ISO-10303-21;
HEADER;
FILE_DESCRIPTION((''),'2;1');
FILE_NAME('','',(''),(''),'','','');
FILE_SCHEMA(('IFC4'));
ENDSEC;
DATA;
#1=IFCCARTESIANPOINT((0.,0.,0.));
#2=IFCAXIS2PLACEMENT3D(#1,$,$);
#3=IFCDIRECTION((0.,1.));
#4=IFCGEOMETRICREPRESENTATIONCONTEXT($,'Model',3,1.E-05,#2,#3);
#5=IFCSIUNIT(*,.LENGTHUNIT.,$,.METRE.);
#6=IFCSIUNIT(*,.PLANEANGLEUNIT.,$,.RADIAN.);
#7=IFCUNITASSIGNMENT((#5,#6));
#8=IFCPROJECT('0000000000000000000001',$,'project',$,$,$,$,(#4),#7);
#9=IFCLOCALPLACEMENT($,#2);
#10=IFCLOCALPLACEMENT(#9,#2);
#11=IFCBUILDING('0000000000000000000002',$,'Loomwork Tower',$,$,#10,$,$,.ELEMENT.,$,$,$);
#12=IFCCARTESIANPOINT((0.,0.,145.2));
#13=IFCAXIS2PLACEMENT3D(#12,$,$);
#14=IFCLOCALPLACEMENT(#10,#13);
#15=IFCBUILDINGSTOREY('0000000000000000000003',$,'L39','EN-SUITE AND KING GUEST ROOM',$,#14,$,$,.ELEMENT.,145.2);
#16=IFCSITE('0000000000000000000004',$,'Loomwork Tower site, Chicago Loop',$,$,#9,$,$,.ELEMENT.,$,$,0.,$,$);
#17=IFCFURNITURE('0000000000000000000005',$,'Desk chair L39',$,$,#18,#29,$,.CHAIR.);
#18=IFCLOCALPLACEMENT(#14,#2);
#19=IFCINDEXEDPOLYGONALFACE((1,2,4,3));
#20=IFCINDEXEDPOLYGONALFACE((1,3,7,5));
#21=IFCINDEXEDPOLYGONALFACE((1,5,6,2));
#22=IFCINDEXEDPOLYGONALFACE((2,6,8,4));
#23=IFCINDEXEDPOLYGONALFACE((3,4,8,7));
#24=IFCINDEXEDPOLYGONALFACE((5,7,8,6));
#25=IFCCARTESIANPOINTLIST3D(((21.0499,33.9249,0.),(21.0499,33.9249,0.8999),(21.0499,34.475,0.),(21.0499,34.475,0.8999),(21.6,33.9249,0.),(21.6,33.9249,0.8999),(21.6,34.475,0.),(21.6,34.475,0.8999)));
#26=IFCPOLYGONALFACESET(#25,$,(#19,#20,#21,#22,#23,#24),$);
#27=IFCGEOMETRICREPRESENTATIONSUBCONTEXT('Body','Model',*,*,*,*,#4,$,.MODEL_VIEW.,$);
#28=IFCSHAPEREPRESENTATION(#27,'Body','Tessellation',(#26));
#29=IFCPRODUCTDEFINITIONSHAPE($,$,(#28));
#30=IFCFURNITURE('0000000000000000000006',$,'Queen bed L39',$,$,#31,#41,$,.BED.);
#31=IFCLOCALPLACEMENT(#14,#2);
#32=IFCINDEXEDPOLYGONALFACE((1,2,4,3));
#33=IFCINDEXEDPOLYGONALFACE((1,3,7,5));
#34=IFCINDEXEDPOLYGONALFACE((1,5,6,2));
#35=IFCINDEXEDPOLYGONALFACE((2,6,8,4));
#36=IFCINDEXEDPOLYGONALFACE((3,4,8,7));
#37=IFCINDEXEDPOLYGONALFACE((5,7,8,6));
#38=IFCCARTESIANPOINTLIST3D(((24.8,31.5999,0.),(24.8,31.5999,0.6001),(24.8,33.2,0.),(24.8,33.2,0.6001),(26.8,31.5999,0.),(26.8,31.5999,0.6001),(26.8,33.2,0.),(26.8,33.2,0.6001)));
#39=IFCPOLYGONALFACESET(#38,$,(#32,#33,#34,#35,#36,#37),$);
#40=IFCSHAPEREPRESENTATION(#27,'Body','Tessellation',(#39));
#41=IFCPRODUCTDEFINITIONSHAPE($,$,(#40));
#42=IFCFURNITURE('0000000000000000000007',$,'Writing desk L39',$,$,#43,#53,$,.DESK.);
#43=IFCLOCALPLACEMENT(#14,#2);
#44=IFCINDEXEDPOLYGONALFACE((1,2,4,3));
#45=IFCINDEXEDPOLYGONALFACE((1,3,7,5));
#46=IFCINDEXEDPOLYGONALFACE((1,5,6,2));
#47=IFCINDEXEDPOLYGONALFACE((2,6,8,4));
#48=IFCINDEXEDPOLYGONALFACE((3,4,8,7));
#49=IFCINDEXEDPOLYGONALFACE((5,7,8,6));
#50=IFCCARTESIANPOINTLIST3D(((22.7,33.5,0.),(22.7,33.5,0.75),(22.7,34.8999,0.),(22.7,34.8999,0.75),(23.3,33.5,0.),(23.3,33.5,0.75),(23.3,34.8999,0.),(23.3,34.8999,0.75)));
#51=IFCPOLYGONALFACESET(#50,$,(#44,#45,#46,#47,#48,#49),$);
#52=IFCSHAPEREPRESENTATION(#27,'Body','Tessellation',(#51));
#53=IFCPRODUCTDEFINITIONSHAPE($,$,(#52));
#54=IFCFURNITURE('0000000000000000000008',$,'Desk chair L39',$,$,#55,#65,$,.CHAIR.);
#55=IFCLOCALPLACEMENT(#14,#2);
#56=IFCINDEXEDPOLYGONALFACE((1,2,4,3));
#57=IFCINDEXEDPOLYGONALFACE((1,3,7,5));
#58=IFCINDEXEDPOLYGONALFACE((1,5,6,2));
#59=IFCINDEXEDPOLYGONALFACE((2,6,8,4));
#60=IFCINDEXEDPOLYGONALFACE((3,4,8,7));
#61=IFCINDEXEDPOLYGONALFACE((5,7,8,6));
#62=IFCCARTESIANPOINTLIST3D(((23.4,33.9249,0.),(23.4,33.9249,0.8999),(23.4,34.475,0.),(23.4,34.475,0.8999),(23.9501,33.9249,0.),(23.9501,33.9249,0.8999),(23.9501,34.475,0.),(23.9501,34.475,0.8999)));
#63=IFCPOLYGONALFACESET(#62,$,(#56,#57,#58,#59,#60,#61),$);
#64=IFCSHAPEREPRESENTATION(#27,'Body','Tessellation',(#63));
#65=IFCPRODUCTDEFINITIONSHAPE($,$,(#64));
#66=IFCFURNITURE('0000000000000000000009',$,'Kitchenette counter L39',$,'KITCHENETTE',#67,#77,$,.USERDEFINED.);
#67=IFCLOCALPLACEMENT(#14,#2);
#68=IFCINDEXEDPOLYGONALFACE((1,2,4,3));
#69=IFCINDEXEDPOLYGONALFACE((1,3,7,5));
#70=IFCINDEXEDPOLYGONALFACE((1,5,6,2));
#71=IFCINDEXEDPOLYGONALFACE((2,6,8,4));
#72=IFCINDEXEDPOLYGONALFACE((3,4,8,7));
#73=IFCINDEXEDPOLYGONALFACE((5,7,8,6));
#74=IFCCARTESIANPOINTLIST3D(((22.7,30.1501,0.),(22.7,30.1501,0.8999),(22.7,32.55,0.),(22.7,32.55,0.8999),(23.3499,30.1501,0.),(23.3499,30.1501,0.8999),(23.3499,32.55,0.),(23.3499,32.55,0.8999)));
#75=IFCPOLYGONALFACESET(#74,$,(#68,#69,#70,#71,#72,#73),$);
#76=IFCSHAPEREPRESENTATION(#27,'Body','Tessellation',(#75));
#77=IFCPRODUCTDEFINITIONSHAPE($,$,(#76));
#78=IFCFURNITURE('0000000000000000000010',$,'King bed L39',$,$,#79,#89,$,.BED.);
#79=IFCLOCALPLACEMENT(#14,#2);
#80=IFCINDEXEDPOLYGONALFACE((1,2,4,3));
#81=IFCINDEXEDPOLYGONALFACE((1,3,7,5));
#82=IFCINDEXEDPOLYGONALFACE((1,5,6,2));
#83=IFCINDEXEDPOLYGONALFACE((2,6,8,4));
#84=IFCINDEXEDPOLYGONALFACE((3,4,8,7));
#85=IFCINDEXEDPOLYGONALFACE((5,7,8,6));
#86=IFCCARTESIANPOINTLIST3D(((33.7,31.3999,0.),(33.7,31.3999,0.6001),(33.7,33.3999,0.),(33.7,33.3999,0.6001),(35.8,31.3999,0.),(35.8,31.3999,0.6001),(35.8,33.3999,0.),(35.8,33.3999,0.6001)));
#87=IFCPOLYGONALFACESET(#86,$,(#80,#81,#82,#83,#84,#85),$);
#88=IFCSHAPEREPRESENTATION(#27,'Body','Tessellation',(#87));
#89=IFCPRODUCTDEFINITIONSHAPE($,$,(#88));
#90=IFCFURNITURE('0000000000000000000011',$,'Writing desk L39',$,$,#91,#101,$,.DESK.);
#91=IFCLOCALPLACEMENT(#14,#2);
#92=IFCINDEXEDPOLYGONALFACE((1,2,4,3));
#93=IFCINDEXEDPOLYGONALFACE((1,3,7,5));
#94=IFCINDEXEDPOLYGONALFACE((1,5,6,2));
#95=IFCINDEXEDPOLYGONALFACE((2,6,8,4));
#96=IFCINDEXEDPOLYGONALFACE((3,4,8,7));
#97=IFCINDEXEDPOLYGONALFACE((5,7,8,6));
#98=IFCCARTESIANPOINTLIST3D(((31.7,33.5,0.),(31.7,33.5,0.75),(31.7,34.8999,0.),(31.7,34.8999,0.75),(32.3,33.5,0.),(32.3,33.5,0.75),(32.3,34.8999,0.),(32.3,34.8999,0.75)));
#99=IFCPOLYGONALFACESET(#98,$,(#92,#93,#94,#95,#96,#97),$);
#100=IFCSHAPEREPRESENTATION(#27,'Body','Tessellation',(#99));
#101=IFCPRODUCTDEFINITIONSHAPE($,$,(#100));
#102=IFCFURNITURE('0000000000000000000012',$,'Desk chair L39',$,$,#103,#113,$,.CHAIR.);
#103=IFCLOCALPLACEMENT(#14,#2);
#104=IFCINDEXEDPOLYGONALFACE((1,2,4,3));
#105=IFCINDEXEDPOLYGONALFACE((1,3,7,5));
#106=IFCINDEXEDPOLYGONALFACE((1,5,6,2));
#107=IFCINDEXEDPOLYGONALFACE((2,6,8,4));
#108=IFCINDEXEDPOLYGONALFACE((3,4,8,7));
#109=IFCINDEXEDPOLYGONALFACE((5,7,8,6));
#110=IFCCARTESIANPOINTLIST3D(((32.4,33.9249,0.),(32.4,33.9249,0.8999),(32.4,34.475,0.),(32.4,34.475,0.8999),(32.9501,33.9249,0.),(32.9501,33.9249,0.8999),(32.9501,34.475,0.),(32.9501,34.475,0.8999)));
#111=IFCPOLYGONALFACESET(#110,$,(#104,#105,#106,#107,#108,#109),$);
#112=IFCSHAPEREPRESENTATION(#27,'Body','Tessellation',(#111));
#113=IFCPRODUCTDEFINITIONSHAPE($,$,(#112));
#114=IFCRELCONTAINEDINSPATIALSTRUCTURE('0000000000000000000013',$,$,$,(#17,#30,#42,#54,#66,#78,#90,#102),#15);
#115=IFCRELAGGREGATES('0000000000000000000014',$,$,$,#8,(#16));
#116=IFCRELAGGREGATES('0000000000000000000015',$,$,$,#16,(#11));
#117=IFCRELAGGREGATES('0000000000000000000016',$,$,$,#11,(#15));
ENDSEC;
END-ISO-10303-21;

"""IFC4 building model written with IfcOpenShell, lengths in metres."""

from ifc_helpers import new_model, si_unit, direction, frame, origin, origin_2d, place, context, subcontext, project, spatial, rectangle, extrude, element, save


model = new_model("IFC4")

# Units and contexts
model_context = context("Model", 3, precision=1e-05, world=origin(), true_north=direction((0.0, 1.0)))
body_context = subcontext(model_context, "Body", "Model", "MODEL_VIEW")
ifc_project = project(units=[si_unit("LENGTHUNIT", "METRE"), si_unit("PLANEANGLEUNIT", "RADIAN")], contexts=[model_context])

# Site, building, storey
site_placement = place(None, origin())
site = spatial("IfcSite", under=ifc_project, at=site_placement, Name="Loomwork Tower site, Chicago Loop", CompositionType="ELEMENT", RefElevation=0.0)
building_placement = place(site_placement, origin())
building = spatial("IfcBuilding", under=site, at=building_placement, Name="Loomwork Tower", CompositionType="ELEMENT")
storey_placement = place(building_placement, frame((0.0, 0.0, 145.2)))
storey = spatial("IfcBuildingStorey", under=building, at=storey_placement, Name="L39", Description="EN-SUITE AND KING GUEST ROOM", CompositionType="ELEMENT", Elevation=145.2)

# Furniture
furniture_1_placement = place(storey_placement, frame((21.325, 34.2, 0.0), z_axis=(0.0, 0.0, 1.0), x_axis=(1.0, 0.0, 0.0)))
element("IfcFurniture", 1, at=furniture_1_placement, inside=storey, Name="Desk chair L39", PredefinedType="CHAIR", context=body_context, shape_type="SweptSolid", body=[
    extrude(rectangle(XDim=0.55, YDim=0.55, at=origin_2d()), origin(), (0.0, 0.0, 1.0), 0.8999),
])
furniture_2_placement = place(storey_placement, frame((25.8, 32.3999, 0.0), z_axis=(0.0, 0.0, 1.0), x_axis=(1.0, 0.0, 0.0)))
element("IfcFurniture", 2, at=furniture_2_placement, inside=storey, Name="Queen bed L39", PredefinedType="BED", context=body_context, shape_type="SweptSolid", body=[
    extrude(rectangle(XDim=2.0, YDim=1.6001, at=origin_2d()), origin(), (0.0, 0.0, 1.0), 0.6001),
])
furniture_3_placement = place(storey_placement, frame((23.0, 34.2, 0.0), z_axis=(0.0, 0.0, 1.0), x_axis=(1.0, 0.0, 0.0)))
element("IfcFurniture", 3, at=furniture_3_placement, inside=storey, Name="Writing desk L39", PredefinedType="DESK", context=body_context, shape_type="SweptSolid", body=[
    extrude(rectangle(XDim=0.6001, YDim=1.3999, at=origin_2d()), origin(), (0.0, 0.0, 1.0), 0.75),
])
furniture_4_placement = place(storey_placement, frame((23.675, 34.2, 0.0), z_axis=(0.0, 0.0, 1.0), x_axis=(1.0, 0.0, 0.0)))
element("IfcFurniture", 4, at=furniture_4_placement, inside=storey, Name="Desk chair L39", PredefinedType="CHAIR", context=body_context, shape_type="SweptSolid", body=[
    extrude(rectangle(XDim=0.55, YDim=0.55, at=origin_2d()), origin(), (0.0, 0.0, 1.0), 0.8999),
])
furniture_5_placement = place(storey_placement, frame((23.0249, 31.3501, 0.0), z_axis=(0.0, 0.0, 1.0), x_axis=(1.0, 0.0, 0.0)))
element("IfcFurniture", 5, at=furniture_5_placement, inside=storey, Name="Kitchenette counter L39", ObjectType="KITCHENETTE", PredefinedType="USERDEFINED", context=body_context, shape_type="SweptSolid", body=[
    extrude(rectangle(XDim=0.6499, YDim=2.3999, at=origin_2d()), origin(), (0.0, 0.0, 1.0), 0.8999),
])
furniture_6_placement = place(storey_placement, frame((34.75, 32.3999, 0.0), z_axis=(0.0, 0.0, 1.0), x_axis=(1.0, 0.0, 0.0)))
element("IfcFurniture", 6, at=furniture_6_placement, inside=storey, Name="King bed L39", PredefinedType="BED", context=body_context, shape_type="SweptSolid", body=[
    extrude(rectangle(XDim=2.1001, YDim=2.0, at=origin_2d()), origin(), (0.0, 0.0, 1.0), 0.6001),
])
furniture_7_placement = place(storey_placement, frame((32.0, 34.2, 0.0), z_axis=(0.0, 0.0, 1.0), x_axis=(1.0, 0.0, 0.0)))
element("IfcFurniture", 7, at=furniture_7_placement, inside=storey, Name="Writing desk L39", PredefinedType="DESK", context=body_context, shape_type="SweptSolid", body=[
    extrude(rectangle(XDim=0.6001, YDim=1.3999, at=origin_2d()), origin(), (0.0, 0.0, 1.0), 0.75),
])
furniture_8_placement = place(storey_placement, frame((32.675, 34.2, 0.0), z_axis=(0.0, 0.0, 1.0), x_axis=(1.0, 0.0, 0.0)))
element("IfcFurniture", 8, at=furniture_8_placement, inside=storey, Name="Desk chair L39", PredefinedType="CHAIR", context=body_context, shape_type="SweptSolid", body=[
    extrude(rectangle(XDim=0.55, YDim=0.55, at=origin_2d()), origin(), (0.0, 0.0, 1.0), 0.8999),
])

save(model, "model.ifc")
